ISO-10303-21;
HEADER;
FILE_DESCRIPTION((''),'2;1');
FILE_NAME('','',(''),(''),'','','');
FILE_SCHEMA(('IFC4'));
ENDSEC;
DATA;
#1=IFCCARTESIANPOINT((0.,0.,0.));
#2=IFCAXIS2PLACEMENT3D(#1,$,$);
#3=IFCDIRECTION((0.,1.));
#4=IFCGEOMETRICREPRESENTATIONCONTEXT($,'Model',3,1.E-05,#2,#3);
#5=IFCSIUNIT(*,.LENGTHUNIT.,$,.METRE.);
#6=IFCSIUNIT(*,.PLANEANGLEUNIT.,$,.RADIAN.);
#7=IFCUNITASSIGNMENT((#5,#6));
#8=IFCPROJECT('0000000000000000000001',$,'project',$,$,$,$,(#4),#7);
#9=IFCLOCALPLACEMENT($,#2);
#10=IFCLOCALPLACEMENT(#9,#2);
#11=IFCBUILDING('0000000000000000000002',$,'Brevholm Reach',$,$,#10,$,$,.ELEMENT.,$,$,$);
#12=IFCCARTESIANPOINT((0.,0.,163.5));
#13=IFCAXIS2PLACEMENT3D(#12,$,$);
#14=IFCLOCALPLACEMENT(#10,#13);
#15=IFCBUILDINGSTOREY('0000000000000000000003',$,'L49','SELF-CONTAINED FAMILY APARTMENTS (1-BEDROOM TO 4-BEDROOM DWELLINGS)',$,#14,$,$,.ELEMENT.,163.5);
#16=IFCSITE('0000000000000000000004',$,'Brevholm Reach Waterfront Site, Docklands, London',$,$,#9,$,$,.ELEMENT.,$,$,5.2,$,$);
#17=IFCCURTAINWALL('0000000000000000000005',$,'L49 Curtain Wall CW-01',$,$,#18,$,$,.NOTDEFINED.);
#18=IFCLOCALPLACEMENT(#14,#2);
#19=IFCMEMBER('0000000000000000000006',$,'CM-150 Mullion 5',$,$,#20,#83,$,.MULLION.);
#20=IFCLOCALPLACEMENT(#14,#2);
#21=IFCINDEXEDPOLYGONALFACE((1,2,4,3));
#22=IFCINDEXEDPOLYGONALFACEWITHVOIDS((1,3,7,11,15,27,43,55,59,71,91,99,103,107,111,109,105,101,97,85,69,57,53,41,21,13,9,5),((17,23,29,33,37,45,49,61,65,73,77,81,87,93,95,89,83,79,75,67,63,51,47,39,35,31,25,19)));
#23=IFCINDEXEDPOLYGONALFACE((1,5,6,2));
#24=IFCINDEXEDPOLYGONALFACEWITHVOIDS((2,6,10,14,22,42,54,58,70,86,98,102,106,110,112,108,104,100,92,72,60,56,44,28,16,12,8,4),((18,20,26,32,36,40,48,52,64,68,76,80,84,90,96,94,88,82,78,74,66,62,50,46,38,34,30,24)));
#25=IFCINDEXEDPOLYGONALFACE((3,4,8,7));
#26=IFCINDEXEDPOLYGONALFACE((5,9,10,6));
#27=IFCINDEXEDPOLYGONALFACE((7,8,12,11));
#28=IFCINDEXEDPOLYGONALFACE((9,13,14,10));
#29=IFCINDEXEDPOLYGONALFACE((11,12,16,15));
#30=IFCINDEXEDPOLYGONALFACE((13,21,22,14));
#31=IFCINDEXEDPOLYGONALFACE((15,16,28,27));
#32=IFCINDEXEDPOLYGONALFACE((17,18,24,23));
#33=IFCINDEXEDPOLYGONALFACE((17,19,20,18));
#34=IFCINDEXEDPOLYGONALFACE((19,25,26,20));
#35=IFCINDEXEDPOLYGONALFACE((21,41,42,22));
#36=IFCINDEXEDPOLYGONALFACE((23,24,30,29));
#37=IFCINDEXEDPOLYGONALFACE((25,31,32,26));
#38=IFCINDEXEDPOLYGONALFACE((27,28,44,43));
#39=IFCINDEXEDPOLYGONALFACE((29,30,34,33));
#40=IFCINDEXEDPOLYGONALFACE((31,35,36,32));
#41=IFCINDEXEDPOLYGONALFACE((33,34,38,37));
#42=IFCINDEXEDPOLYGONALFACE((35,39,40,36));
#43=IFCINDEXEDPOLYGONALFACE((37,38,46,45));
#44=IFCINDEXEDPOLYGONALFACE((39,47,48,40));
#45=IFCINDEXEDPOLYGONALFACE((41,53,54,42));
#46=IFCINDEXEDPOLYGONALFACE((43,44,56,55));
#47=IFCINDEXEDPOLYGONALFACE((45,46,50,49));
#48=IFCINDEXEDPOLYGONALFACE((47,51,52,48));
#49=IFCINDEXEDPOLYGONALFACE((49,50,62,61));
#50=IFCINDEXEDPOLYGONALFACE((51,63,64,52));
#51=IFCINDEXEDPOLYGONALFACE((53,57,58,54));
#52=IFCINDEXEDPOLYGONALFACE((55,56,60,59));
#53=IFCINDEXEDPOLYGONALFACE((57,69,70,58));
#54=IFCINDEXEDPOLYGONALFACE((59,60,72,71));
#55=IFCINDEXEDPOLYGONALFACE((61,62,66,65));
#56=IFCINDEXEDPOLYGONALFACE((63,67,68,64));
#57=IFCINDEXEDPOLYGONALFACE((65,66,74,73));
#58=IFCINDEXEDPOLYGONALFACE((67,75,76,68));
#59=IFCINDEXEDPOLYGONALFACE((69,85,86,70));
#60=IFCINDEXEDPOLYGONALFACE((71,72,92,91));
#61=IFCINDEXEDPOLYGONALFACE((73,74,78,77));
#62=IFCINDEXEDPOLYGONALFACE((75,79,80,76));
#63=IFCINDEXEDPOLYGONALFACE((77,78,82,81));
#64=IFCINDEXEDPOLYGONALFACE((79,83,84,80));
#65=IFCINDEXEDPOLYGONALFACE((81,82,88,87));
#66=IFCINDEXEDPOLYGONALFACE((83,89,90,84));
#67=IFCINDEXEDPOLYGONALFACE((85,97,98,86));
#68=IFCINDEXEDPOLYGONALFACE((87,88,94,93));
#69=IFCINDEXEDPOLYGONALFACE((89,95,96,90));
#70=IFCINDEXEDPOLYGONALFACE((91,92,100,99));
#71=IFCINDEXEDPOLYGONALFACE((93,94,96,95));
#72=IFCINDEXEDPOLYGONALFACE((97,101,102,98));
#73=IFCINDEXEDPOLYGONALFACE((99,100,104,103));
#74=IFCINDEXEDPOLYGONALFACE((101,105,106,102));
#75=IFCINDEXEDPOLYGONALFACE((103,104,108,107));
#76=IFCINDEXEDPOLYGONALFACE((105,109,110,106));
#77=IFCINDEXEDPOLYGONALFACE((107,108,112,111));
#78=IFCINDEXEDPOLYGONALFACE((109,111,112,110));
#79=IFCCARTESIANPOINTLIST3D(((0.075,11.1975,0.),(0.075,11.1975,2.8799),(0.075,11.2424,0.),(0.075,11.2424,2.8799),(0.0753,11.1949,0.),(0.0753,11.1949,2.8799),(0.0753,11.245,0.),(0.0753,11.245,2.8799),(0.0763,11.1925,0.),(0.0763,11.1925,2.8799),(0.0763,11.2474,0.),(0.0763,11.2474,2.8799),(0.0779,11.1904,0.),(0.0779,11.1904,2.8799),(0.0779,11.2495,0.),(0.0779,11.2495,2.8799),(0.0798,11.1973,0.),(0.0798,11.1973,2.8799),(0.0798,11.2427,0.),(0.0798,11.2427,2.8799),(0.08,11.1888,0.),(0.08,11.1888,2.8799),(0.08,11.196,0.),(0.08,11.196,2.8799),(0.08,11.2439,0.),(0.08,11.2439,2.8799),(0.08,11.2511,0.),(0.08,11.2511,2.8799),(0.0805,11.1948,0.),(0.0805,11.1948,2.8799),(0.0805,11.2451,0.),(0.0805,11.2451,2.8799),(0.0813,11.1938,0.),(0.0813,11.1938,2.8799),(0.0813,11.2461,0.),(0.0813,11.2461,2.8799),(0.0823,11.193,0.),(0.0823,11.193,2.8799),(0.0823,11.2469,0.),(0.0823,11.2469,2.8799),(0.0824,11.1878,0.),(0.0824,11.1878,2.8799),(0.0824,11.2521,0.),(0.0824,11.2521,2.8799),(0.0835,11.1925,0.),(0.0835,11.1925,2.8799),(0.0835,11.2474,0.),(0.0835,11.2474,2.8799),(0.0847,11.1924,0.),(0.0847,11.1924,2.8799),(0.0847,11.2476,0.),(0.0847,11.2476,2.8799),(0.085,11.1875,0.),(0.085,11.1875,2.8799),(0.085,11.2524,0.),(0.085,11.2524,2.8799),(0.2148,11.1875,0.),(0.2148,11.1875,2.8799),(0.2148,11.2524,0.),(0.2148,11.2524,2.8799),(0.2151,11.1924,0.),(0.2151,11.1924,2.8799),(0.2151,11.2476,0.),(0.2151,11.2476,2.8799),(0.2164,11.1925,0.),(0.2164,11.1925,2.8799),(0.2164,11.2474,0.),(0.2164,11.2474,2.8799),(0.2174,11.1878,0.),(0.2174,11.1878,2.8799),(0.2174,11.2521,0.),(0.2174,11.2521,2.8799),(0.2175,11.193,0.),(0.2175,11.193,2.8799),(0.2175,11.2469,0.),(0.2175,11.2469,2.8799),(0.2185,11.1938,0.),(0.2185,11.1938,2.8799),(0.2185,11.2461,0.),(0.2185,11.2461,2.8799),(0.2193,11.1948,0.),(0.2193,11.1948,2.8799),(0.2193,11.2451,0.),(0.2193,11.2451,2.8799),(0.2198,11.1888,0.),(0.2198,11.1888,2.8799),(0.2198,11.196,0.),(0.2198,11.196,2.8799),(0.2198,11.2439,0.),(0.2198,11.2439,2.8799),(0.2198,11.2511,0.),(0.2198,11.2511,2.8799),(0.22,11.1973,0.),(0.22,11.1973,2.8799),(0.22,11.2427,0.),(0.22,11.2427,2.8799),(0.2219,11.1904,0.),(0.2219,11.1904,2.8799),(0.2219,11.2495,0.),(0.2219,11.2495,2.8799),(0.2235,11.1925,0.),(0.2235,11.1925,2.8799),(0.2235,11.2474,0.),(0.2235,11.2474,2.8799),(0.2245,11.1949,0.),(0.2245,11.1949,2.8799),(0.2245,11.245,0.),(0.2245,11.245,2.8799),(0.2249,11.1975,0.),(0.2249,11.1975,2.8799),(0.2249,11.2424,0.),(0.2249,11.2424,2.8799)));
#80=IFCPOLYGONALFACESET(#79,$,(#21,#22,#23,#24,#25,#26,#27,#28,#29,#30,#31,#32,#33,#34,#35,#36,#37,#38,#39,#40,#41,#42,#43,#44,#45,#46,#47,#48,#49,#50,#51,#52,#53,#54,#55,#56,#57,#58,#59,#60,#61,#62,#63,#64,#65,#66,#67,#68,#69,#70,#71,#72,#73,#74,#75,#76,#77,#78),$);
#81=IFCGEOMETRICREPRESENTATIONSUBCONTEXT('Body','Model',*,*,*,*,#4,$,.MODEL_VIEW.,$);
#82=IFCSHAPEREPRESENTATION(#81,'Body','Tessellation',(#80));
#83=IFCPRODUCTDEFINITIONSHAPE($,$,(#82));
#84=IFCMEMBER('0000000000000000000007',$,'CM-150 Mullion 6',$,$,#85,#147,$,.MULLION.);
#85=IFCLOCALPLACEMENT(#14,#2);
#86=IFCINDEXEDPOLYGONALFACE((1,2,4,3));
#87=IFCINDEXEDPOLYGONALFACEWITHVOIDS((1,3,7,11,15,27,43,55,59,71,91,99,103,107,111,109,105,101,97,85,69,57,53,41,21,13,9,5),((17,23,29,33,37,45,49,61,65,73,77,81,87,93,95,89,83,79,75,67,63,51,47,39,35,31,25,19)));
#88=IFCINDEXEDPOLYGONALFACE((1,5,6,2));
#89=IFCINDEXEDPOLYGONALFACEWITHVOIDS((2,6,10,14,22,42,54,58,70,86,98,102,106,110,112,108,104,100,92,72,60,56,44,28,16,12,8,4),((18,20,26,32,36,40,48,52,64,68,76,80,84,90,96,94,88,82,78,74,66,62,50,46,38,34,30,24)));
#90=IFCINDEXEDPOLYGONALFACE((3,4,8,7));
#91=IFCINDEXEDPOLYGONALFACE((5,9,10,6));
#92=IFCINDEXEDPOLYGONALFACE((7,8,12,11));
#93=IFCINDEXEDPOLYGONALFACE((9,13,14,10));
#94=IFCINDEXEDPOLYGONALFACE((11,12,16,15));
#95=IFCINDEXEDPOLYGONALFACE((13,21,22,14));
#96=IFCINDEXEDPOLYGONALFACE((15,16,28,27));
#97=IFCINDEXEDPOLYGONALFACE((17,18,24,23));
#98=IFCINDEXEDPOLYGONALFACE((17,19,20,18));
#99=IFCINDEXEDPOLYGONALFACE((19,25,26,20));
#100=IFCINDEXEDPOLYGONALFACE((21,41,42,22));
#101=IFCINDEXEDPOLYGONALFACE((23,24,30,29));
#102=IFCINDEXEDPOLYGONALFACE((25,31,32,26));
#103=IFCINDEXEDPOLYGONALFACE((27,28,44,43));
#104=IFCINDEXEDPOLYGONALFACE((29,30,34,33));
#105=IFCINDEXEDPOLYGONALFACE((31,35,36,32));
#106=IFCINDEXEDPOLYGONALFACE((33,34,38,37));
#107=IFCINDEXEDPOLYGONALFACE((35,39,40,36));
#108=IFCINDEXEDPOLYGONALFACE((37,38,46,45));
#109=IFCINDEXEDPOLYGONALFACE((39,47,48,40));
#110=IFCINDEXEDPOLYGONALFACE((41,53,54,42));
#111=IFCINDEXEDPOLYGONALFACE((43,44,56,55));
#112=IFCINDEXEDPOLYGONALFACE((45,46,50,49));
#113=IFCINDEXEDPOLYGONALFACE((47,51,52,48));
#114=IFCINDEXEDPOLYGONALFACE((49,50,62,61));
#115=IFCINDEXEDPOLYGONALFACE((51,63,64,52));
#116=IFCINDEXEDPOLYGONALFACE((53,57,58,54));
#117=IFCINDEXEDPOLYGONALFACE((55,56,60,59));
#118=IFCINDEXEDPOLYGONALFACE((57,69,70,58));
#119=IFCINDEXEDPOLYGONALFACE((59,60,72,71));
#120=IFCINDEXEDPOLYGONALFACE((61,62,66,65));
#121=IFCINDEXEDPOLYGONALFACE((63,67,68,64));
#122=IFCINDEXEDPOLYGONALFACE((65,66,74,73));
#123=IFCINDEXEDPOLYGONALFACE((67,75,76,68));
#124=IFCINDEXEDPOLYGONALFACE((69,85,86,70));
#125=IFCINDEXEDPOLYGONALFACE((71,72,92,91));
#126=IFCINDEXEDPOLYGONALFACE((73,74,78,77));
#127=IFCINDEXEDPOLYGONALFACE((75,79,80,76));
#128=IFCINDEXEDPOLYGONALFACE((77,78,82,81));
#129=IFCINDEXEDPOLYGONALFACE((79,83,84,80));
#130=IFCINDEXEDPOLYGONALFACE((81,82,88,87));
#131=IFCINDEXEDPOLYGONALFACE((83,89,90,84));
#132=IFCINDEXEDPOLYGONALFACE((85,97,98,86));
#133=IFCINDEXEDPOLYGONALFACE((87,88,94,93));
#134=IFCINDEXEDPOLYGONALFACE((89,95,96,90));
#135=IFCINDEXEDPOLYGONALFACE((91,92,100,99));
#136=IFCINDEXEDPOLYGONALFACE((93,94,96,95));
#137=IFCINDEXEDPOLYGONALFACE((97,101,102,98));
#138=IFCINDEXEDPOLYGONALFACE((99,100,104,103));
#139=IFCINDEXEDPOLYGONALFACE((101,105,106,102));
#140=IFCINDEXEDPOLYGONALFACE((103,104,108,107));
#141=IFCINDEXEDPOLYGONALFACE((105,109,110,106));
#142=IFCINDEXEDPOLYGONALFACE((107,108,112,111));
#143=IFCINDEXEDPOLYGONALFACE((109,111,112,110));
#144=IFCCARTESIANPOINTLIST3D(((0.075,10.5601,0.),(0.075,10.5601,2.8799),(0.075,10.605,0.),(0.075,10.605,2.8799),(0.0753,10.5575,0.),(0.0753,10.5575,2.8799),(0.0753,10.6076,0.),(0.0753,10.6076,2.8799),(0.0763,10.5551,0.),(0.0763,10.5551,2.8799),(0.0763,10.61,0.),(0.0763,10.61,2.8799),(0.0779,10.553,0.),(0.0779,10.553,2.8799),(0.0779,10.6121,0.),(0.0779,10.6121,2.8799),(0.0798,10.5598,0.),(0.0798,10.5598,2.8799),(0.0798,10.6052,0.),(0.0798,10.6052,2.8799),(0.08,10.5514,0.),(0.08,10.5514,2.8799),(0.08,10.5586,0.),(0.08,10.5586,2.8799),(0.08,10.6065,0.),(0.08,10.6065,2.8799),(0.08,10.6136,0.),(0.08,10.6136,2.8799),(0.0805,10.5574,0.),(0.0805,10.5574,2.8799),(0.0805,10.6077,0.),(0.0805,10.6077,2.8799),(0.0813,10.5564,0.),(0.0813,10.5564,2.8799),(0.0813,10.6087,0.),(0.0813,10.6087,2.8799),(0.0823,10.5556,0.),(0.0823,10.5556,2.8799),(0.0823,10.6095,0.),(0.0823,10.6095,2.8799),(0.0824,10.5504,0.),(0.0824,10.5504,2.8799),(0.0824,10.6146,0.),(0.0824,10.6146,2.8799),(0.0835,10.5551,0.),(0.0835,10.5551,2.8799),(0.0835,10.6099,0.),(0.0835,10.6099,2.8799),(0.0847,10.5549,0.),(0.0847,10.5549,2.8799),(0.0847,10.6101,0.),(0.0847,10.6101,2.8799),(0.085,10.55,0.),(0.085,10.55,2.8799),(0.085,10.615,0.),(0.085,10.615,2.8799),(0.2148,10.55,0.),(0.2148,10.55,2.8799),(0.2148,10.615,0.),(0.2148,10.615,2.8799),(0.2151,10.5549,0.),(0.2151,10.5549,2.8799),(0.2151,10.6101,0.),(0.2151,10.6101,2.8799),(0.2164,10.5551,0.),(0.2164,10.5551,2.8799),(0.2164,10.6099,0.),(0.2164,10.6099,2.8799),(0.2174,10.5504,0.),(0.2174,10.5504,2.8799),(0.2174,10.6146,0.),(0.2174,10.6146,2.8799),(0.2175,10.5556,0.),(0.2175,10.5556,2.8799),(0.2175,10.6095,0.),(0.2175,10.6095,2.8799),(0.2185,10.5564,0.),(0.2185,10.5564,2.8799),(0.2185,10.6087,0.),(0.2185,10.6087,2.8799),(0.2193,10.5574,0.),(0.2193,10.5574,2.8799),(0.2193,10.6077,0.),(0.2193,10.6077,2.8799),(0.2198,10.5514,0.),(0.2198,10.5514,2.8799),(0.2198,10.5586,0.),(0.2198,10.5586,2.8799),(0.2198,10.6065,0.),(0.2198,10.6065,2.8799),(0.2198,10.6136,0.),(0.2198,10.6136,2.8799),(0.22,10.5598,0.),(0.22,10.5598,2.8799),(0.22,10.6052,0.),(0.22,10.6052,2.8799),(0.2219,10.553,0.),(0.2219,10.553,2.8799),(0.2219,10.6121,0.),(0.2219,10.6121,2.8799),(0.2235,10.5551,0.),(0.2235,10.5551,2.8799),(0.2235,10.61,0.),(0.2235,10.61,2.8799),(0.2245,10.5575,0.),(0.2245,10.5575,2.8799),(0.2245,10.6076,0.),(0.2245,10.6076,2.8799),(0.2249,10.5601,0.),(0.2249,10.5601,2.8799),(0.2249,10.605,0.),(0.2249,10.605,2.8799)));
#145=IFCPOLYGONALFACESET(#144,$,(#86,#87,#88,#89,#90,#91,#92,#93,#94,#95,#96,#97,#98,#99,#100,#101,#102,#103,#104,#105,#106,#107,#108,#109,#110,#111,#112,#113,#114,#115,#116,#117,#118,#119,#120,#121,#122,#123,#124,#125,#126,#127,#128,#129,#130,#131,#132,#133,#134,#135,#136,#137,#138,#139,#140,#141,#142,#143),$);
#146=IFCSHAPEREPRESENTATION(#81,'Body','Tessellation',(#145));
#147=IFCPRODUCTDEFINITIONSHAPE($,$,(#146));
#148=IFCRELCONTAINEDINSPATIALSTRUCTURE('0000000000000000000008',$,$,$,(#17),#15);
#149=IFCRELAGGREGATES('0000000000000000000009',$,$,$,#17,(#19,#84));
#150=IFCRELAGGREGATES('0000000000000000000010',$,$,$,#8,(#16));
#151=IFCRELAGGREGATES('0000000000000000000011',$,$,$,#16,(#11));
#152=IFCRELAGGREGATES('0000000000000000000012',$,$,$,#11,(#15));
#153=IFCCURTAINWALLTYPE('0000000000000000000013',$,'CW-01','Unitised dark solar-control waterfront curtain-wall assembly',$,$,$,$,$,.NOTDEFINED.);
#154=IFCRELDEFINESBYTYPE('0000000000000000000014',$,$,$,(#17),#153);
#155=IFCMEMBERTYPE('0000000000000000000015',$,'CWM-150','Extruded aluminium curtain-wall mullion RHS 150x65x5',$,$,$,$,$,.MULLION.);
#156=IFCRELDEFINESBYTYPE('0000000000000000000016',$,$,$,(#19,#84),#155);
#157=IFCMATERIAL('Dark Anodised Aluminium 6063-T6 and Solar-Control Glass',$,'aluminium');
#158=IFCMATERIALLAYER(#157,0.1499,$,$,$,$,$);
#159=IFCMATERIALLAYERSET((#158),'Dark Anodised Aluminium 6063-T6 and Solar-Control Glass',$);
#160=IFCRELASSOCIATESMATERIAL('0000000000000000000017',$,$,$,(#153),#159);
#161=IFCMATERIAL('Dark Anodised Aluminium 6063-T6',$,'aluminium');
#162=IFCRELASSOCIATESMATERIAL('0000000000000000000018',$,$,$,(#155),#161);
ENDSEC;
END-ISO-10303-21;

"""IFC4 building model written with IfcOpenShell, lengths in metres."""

from ifc_helpers import new_model, si_unit, direction, frame, origin, origin_2d, place, context, subcontext, project, spatial, hollow_rectangle, extrude, material, layer, layer_set, material_profile, profile_set, type_object, element, aggregate, save


model = new_model("IFC4")

# Units and contexts
model_context = context("Model", 3, precision=1e-05, world=origin(), true_north=direction((0.0, 1.0)))
body_context = subcontext(model_context, "Body", "Model", "MODEL_VIEW")
ifc_project = project(units=[si_unit("LENGTHUNIT", "METRE"), si_unit("PLANEANGLEUNIT", "RADIAN")], contexts=[model_context])

# Site, building, storey
site_placement = place(None, origin())
site = spatial("IfcSite", under=ifc_project, at=site_placement, Name="Brevholm Reach Waterfront Site, Docklands, London", CompositionType="ELEMENT", RefElevation=5.2)
building_placement = place(site_placement, origin())
building = spatial("IfcBuilding", under=site, at=building_placement, Name="Brevholm Reach", CompositionType="ELEMENT")
storey_placement = place(building_placement, frame((0.0, 0.0, 163.5)))
storey = spatial("IfcBuildingStorey", under=building, at=storey_placement, Name="L49", Description="SELF-CONTAINED FAMILY APARTMENTS (1-BEDROOM TO 4-BEDROOM DWELLINGS)", CompositionType="ELEMENT", Elevation=163.5)

# Curtain wall, members
ifc_material_1 = material(Name="Dark Anodised Aluminium 6063-T6 and Solar-Control Glass", Category="aluminium")
ifc_layer_1 = layer(ifc_material_1, 0.1499)
ifc_layer_set_1 = layer_set([ifc_layer_1], Name="Dark Anodised Aluminium 6063-T6 and Solar-Control Glass")
curtain_wall_type = type_object("IfcCurtainWallType", Name="CW-01", Description="Unitised dark solar-control waterfront curtain-wall assembly", PredefinedType="NOTDEFINED", material=ifc_layer_set_1)
curtain_wall_placement = place(storey_placement, origin())
curtain_wall = element("IfcCurtainWall", 1, at=curtain_wall_placement, inside=storey, type_object=curtain_wall_type, Name="L49 Curtain Wall CW-01", PredefinedType="NOTDEFINED")
ifc_material_2 = material(Name="Dark Anodised Aluminium 6063-T6", Category="aluminium")
ifc_material_profile_1 = material_profile(ifc_material_2, hollow_rectangle(XDim=0.0649, YDim=0.1499, WallThickness=0.0049, InnerFilletRadius=0.0049, OuterFilletRadius=0.01, at=origin_2d()), Name="RHS 150x65x5")
ifc_profile_set_1 = profile_set([ifc_material_profile_1], Name="Dark Anodised Aluminium 6063-T6")
member_type_1 = type_object("IfcMemberType", Name="CWM-150", Description="Extruded aluminium curtain-wall mullion RHS 150x65x5", PredefinedType="MULLION", material=ifc_profile_set_1)
member_1_placement = place(storey_placement, frame((0.1499, 11.22, 0.0), z_axis=(0.0, 0.0, 1.0), x_axis=(0.0, -1.0, 0.0)))
member_1 = element("IfcMember", 2, at=member_1_placement, type_object=member_type_1, Name="CM-150 Mullion 5", PredefinedType="MULLION", context=body_context, shape_type="SweptSolid", body=[
    extrude(hollow_rectangle(XDim=0.0649, YDim=0.1499, WallThickness=0.0049, InnerFilletRadius=0.0049, OuterFilletRadius=0.01, at=origin_2d()), origin(), (0.0, 0.0, 1.0), 2.8799),
])
member_2_placement = place(storey_placement, frame((0.1499, 10.5825, 0.0), z_axis=(0.0, 0.0, 1.0), x_axis=(0.0, -1.0, 0.0)))
member_2 = element("IfcMember", 3, at=member_2_placement, type_object=member_type_1, Name="CM-150 Mullion 6", PredefinedType="MULLION", context=body_context, shape_type="SweptSolid", body=[
    extrude(hollow_rectangle(XDim=0.0649, YDim=0.1499, WallThickness=0.0049, InnerFilletRadius=0.0049, OuterFilletRadius=0.01, at=origin_2d()), origin(), (0.0, 0.0, 1.0), 2.8799),
])
aggregate(curtain_wall, [member_1, member_2])

save(model, "model.ifc")
